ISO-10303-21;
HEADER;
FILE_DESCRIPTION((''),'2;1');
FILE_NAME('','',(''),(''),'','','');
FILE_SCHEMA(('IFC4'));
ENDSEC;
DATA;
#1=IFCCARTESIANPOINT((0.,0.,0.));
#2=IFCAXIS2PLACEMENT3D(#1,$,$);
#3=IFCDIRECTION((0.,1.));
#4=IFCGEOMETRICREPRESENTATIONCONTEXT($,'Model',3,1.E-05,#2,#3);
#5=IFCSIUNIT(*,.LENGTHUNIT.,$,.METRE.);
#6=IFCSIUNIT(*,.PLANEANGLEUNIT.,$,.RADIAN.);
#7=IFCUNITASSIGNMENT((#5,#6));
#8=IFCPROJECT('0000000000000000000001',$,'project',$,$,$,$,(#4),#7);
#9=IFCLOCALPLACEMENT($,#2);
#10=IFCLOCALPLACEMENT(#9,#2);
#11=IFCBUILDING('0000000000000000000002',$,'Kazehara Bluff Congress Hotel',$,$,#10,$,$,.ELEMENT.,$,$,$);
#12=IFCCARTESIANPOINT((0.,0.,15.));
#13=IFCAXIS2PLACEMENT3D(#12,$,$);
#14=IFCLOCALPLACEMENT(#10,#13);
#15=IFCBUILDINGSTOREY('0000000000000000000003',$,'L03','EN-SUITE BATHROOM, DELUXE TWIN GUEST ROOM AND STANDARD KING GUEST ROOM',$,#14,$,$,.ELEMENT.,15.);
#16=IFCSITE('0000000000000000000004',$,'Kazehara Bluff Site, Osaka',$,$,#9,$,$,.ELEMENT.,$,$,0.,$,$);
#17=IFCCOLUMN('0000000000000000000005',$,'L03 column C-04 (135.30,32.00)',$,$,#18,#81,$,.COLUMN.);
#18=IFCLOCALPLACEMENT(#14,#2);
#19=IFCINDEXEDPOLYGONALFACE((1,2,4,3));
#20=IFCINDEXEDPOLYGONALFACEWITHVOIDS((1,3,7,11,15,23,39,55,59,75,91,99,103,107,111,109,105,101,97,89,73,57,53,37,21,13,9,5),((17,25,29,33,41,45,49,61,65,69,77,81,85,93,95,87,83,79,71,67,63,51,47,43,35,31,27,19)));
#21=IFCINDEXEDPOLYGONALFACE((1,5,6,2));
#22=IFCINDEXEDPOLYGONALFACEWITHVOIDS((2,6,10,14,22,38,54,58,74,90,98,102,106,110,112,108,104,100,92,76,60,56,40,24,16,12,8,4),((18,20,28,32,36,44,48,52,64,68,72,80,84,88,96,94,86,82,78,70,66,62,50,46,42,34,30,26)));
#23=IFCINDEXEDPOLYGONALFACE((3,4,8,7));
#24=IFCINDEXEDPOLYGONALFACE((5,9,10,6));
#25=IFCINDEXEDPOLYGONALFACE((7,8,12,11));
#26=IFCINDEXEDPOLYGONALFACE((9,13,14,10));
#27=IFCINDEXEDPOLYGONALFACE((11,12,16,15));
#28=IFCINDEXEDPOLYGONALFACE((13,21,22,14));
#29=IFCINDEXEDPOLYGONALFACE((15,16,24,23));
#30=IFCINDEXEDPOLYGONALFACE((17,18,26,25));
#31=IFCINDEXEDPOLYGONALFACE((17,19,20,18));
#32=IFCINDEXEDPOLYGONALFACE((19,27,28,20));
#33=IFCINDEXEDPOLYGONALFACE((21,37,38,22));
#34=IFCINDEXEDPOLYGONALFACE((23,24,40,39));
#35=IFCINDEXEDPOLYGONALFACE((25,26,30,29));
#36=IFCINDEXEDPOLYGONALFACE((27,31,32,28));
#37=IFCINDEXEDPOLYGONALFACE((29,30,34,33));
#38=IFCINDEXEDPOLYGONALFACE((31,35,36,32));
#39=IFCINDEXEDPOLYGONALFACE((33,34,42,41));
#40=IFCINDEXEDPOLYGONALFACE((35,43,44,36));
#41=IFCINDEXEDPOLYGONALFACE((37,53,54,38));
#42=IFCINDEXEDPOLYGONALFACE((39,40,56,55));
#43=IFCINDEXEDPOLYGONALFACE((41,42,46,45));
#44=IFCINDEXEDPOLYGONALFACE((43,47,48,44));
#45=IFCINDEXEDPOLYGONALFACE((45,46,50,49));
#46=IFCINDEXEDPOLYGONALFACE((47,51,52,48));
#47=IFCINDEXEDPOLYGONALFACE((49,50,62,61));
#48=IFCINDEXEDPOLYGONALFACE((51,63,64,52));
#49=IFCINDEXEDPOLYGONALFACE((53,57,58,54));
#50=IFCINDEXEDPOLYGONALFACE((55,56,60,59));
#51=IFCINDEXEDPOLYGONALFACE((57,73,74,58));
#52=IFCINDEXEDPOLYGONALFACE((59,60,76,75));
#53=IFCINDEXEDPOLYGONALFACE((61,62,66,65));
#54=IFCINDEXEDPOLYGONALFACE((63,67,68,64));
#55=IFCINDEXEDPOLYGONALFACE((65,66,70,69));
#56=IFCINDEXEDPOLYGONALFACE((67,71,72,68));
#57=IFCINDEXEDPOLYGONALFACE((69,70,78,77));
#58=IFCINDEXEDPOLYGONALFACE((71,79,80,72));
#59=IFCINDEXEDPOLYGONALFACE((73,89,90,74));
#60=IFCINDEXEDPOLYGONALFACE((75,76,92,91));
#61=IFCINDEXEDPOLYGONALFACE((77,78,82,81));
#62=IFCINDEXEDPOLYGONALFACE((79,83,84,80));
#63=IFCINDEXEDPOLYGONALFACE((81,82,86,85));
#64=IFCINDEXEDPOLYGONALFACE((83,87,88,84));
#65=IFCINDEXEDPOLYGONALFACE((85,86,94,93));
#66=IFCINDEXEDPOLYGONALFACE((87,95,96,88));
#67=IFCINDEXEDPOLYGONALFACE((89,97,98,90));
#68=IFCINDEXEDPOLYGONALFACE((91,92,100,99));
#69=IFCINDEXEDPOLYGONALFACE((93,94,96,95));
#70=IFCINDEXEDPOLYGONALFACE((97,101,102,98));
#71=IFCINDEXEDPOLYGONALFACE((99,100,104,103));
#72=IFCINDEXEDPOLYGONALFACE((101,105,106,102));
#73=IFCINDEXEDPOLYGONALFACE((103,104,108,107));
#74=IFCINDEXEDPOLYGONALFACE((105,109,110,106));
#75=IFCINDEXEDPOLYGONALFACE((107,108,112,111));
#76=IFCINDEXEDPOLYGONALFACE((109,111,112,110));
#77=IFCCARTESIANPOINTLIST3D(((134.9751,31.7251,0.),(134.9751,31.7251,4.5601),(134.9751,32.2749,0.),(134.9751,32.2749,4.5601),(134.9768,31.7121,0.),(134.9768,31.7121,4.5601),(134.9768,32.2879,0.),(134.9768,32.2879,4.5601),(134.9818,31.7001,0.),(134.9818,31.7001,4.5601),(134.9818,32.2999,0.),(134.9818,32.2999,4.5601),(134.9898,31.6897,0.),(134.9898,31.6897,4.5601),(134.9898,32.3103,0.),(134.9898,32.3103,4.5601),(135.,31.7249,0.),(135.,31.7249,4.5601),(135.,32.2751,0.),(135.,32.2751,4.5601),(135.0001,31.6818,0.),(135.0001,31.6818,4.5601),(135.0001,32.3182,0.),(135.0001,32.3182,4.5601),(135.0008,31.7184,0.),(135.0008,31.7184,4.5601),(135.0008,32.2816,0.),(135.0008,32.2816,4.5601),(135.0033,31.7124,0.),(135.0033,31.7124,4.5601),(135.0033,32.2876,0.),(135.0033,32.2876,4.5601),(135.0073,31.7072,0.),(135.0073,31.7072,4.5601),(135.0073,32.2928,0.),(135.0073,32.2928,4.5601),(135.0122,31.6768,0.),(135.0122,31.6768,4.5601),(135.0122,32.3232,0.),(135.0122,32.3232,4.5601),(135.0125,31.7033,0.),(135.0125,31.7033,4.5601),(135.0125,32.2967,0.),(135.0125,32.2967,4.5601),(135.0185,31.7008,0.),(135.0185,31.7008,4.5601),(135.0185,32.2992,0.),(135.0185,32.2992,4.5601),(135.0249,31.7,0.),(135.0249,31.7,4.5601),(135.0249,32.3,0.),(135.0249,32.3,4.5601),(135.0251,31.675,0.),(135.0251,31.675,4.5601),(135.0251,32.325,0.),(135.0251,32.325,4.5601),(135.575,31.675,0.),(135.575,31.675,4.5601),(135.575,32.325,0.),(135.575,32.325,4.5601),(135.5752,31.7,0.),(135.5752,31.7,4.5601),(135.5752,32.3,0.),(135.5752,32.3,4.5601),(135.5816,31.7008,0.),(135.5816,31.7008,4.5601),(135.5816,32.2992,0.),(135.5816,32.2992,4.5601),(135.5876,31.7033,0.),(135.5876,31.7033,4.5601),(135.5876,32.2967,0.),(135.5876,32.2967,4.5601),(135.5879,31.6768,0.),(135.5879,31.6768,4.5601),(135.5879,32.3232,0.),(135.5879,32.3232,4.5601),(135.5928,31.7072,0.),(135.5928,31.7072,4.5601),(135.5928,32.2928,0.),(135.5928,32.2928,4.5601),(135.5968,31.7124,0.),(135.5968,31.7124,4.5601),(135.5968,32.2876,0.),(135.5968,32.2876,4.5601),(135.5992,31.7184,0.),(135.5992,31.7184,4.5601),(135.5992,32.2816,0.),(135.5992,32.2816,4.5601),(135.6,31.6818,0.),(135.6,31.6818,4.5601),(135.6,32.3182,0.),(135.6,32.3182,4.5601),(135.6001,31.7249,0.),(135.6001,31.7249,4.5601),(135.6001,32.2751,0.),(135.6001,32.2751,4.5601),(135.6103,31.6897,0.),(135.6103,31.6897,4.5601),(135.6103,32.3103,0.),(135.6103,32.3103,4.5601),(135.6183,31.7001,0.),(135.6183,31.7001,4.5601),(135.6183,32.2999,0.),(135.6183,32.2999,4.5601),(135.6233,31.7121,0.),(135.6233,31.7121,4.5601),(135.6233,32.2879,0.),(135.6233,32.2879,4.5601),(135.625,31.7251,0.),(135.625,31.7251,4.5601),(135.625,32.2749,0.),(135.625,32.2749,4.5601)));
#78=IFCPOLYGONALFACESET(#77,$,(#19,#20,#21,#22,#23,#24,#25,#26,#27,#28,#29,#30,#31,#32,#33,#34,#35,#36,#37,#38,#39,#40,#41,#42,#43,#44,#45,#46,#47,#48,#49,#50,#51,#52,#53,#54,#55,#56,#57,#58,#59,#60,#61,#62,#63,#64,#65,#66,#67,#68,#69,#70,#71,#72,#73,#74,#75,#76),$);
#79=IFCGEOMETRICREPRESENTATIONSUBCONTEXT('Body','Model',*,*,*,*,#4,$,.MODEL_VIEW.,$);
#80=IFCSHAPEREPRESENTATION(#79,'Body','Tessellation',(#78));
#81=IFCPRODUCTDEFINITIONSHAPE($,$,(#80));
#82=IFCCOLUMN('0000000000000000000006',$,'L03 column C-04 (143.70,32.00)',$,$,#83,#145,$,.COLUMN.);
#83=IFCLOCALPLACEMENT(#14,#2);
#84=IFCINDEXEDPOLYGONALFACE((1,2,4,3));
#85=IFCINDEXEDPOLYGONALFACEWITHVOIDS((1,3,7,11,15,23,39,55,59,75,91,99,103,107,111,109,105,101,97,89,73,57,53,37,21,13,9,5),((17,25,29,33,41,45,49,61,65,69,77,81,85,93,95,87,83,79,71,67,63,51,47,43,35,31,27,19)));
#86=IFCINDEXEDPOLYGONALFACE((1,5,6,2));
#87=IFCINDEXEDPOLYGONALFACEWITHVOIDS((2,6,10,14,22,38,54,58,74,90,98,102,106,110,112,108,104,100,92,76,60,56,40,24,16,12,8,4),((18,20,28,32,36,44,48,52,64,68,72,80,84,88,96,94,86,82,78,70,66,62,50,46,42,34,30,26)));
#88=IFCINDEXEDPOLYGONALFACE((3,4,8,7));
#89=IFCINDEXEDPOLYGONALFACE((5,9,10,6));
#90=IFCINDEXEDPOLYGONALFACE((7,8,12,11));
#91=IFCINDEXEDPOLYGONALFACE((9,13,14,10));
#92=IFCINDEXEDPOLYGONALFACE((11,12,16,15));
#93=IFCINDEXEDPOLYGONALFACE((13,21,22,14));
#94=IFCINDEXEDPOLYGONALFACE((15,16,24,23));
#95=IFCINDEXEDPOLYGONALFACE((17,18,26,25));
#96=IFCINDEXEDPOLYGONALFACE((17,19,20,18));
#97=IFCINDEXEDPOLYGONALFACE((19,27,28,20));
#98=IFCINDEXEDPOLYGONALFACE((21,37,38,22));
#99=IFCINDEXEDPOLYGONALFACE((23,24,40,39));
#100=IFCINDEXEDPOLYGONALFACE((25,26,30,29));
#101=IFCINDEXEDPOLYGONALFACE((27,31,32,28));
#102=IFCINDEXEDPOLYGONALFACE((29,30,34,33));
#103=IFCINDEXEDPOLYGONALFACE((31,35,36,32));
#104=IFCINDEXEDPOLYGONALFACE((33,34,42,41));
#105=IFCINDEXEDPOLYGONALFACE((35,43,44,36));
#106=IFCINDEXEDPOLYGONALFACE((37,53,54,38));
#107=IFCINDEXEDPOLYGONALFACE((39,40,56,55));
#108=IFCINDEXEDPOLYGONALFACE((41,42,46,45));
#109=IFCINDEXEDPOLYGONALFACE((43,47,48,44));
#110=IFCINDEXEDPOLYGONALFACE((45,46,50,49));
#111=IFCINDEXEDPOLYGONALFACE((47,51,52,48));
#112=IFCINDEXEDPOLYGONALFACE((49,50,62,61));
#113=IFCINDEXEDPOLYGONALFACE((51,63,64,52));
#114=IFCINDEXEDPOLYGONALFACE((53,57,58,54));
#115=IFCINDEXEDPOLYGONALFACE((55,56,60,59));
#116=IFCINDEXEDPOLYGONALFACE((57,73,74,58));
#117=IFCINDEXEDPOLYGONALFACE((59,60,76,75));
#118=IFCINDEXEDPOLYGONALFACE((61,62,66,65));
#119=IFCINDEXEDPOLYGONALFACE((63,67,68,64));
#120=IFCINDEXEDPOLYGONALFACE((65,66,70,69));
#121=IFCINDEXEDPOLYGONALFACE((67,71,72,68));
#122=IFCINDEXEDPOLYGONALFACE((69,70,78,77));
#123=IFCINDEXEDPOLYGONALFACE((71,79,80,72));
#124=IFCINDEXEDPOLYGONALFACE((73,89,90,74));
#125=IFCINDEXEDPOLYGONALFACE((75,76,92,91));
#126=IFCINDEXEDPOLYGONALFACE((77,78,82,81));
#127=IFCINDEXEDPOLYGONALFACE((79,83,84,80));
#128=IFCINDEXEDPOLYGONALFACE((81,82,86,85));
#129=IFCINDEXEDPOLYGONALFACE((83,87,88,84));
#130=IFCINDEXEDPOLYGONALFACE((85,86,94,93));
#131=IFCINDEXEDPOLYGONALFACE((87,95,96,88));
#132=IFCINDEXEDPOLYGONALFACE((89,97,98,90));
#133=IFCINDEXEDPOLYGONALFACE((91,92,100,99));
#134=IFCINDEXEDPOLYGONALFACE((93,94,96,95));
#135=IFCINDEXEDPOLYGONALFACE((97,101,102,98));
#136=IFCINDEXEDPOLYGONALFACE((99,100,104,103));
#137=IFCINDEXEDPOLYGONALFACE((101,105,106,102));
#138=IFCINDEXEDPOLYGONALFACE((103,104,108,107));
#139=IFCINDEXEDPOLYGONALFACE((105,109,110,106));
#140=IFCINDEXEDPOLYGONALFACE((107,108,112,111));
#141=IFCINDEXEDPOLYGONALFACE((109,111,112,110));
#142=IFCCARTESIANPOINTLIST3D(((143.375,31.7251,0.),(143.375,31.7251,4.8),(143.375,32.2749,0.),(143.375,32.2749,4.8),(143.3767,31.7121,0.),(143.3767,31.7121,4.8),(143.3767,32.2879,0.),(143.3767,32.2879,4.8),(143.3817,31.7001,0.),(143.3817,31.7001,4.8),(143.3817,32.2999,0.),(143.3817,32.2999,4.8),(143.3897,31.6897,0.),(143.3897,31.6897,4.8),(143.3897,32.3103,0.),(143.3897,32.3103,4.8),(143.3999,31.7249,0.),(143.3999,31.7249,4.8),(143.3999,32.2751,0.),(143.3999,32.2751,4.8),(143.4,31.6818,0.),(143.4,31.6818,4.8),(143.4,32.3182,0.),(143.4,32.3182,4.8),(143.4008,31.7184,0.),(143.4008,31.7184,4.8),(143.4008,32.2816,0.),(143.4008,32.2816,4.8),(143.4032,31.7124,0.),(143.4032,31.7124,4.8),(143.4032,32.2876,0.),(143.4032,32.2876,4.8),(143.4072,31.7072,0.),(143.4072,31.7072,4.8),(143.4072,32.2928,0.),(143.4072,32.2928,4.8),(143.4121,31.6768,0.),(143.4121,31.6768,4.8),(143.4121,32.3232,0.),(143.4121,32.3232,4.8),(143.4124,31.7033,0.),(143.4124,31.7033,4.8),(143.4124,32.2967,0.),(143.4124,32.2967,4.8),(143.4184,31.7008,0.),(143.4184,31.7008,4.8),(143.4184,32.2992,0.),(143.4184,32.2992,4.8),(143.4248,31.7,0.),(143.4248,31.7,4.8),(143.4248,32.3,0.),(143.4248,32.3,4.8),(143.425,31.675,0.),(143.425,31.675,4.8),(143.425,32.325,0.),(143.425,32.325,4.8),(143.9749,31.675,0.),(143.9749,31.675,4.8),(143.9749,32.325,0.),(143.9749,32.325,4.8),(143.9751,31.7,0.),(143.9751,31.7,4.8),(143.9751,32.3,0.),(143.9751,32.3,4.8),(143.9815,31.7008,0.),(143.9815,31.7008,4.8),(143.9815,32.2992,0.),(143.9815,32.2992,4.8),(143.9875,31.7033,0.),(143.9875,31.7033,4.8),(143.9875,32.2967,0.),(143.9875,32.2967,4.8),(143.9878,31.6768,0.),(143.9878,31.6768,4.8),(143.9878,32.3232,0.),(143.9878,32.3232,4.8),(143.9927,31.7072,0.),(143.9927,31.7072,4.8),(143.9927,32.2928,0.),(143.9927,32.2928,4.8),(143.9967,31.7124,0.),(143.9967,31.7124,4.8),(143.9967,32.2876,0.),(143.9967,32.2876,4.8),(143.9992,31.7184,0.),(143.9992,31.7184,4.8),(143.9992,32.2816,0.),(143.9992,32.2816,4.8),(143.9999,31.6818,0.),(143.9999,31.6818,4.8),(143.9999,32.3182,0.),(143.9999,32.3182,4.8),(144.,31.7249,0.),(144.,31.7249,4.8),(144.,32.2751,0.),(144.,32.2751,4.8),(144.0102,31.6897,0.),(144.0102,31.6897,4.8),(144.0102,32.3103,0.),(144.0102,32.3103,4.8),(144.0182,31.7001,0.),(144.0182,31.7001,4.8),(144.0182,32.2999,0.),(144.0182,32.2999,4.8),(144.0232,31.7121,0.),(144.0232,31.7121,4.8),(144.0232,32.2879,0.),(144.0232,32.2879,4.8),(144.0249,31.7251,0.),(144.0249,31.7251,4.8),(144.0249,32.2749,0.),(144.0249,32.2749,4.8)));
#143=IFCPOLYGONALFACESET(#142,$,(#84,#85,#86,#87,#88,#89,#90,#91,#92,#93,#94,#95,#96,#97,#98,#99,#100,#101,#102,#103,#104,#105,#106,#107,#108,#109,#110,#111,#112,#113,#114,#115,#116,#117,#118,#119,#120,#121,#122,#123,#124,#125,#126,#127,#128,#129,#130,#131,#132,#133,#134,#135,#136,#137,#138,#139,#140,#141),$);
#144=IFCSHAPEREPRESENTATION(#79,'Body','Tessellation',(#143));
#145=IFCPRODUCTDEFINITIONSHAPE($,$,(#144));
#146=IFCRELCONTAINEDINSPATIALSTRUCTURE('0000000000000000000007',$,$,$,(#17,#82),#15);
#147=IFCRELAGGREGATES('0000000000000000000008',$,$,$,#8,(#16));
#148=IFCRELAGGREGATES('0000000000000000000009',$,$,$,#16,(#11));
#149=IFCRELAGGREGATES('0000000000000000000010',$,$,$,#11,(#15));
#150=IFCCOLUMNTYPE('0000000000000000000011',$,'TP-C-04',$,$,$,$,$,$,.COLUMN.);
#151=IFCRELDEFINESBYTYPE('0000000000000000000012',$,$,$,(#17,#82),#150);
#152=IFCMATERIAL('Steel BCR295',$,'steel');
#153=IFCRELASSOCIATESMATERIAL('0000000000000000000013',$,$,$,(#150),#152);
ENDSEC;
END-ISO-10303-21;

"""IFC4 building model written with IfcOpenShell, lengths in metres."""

from ifc_helpers import new_model, si_unit, direction, frame, origin, origin_2d, place, context, subcontext, project, spatial, hollow_rectangle, extrude, material, material_profile, profile_set, type_object, element, save


model = new_model("IFC4")

# Units and contexts
model_context = context("Model", 3, precision=1e-05, world=origin(), true_north=direction((0.0, 1.0)))
body_context = subcontext(model_context, "Body", "Model", "MODEL_VIEW")
ifc_project = project(units=[si_unit("LENGTHUNIT", "METRE"), si_unit("PLANEANGLEUNIT", "RADIAN")], contexts=[model_context])

# Site, building, storey
site_placement = place(None, origin())
site = spatial("IfcSite", under=ifc_project, at=site_placement, Name="Kazehara Bluff Site, Osaka", CompositionType="ELEMENT", RefElevation=0.0)
building_placement = place(site_placement, origin())
building = spatial("IfcBuilding", under=site, at=building_placement, Name="Kazehara Bluff Congress Hotel", CompositionType="ELEMENT")
storey_placement = place(building_placement, frame((0.0, 0.0, 15.0)))
storey = spatial("IfcBuildingStorey", under=building, at=storey_placement, Name="L03", Description="EN-SUITE BATHROOM, DELUXE TWIN GUEST ROOM AND STANDARD KING GUEST ROOM", CompositionType="ELEMENT", Elevation=15.0)

# Columns
ifc_material_1 = material(Name="Steel BCR295", Category="steel")
ifc_material_profile_1 = material_profile(ifc_material_1, hollow_rectangle(XDim=0.6499, YDim=0.6499, WallThickness=0.0249, InnerFilletRadius=0.0249, OuterFilletRadius=0.05, at=origin_2d()))
ifc_profile_set_1 = profile_set([ifc_material_profile_1], Name="Steel BCR295")
column_type = type_object("IfcColumnType", Name="TP-C-04", PredefinedType="COLUMN", material=ifc_profile_set_1)
column_placement = place(storey_placement, frame((135.3, 32.0, 0.0), z_axis=(0.0, 0.0, 1.0), x_axis=(1.0, 0.0, 0.0)))
element("IfcColumn", 1, at=column_placement, inside=storey, type_object=column_type, Name="L03 column C-04 (135.30,32.00)", PredefinedType="COLUMN", context=body_context, shape_type="SweptSolid", body=[
    extrude(hollow_rectangle(XDim=0.6499, YDim=0.6499, WallThickness=0.0249, InnerFilletRadius=0.0249, OuterFilletRadius=0.05, at=origin_2d()), origin(), (0.0, 0.0, 1.0), 4.5601),
])
for number, where, z_axis, x_axis, name in (
    (2, (143.7, 32.0, 0.0), (0.0, 0.0, 1.0), (1.0, 0.0, 0.0), "L03 column C-04 (143.70,32.00)"),
):
    element("IfcColumn", number, at=place(storey_placement, frame(where, z_axis=z_axis, x_axis=x_axis)), inside=storey, type_object=column_type, Name=name, PredefinedType="COLUMN", context=body_context, shape_type="SweptSolid", body=[
        extrude(hollow_rectangle(XDim=0.6499, YDim=0.6499, WallThickness=0.0249, InnerFilletRadius=0.0249, OuterFilletRadius=0.05, at=origin_2d()), origin(), (0.0, 0.0, 1.0), 4.8),
    ])

save(model, "model.ifc")
